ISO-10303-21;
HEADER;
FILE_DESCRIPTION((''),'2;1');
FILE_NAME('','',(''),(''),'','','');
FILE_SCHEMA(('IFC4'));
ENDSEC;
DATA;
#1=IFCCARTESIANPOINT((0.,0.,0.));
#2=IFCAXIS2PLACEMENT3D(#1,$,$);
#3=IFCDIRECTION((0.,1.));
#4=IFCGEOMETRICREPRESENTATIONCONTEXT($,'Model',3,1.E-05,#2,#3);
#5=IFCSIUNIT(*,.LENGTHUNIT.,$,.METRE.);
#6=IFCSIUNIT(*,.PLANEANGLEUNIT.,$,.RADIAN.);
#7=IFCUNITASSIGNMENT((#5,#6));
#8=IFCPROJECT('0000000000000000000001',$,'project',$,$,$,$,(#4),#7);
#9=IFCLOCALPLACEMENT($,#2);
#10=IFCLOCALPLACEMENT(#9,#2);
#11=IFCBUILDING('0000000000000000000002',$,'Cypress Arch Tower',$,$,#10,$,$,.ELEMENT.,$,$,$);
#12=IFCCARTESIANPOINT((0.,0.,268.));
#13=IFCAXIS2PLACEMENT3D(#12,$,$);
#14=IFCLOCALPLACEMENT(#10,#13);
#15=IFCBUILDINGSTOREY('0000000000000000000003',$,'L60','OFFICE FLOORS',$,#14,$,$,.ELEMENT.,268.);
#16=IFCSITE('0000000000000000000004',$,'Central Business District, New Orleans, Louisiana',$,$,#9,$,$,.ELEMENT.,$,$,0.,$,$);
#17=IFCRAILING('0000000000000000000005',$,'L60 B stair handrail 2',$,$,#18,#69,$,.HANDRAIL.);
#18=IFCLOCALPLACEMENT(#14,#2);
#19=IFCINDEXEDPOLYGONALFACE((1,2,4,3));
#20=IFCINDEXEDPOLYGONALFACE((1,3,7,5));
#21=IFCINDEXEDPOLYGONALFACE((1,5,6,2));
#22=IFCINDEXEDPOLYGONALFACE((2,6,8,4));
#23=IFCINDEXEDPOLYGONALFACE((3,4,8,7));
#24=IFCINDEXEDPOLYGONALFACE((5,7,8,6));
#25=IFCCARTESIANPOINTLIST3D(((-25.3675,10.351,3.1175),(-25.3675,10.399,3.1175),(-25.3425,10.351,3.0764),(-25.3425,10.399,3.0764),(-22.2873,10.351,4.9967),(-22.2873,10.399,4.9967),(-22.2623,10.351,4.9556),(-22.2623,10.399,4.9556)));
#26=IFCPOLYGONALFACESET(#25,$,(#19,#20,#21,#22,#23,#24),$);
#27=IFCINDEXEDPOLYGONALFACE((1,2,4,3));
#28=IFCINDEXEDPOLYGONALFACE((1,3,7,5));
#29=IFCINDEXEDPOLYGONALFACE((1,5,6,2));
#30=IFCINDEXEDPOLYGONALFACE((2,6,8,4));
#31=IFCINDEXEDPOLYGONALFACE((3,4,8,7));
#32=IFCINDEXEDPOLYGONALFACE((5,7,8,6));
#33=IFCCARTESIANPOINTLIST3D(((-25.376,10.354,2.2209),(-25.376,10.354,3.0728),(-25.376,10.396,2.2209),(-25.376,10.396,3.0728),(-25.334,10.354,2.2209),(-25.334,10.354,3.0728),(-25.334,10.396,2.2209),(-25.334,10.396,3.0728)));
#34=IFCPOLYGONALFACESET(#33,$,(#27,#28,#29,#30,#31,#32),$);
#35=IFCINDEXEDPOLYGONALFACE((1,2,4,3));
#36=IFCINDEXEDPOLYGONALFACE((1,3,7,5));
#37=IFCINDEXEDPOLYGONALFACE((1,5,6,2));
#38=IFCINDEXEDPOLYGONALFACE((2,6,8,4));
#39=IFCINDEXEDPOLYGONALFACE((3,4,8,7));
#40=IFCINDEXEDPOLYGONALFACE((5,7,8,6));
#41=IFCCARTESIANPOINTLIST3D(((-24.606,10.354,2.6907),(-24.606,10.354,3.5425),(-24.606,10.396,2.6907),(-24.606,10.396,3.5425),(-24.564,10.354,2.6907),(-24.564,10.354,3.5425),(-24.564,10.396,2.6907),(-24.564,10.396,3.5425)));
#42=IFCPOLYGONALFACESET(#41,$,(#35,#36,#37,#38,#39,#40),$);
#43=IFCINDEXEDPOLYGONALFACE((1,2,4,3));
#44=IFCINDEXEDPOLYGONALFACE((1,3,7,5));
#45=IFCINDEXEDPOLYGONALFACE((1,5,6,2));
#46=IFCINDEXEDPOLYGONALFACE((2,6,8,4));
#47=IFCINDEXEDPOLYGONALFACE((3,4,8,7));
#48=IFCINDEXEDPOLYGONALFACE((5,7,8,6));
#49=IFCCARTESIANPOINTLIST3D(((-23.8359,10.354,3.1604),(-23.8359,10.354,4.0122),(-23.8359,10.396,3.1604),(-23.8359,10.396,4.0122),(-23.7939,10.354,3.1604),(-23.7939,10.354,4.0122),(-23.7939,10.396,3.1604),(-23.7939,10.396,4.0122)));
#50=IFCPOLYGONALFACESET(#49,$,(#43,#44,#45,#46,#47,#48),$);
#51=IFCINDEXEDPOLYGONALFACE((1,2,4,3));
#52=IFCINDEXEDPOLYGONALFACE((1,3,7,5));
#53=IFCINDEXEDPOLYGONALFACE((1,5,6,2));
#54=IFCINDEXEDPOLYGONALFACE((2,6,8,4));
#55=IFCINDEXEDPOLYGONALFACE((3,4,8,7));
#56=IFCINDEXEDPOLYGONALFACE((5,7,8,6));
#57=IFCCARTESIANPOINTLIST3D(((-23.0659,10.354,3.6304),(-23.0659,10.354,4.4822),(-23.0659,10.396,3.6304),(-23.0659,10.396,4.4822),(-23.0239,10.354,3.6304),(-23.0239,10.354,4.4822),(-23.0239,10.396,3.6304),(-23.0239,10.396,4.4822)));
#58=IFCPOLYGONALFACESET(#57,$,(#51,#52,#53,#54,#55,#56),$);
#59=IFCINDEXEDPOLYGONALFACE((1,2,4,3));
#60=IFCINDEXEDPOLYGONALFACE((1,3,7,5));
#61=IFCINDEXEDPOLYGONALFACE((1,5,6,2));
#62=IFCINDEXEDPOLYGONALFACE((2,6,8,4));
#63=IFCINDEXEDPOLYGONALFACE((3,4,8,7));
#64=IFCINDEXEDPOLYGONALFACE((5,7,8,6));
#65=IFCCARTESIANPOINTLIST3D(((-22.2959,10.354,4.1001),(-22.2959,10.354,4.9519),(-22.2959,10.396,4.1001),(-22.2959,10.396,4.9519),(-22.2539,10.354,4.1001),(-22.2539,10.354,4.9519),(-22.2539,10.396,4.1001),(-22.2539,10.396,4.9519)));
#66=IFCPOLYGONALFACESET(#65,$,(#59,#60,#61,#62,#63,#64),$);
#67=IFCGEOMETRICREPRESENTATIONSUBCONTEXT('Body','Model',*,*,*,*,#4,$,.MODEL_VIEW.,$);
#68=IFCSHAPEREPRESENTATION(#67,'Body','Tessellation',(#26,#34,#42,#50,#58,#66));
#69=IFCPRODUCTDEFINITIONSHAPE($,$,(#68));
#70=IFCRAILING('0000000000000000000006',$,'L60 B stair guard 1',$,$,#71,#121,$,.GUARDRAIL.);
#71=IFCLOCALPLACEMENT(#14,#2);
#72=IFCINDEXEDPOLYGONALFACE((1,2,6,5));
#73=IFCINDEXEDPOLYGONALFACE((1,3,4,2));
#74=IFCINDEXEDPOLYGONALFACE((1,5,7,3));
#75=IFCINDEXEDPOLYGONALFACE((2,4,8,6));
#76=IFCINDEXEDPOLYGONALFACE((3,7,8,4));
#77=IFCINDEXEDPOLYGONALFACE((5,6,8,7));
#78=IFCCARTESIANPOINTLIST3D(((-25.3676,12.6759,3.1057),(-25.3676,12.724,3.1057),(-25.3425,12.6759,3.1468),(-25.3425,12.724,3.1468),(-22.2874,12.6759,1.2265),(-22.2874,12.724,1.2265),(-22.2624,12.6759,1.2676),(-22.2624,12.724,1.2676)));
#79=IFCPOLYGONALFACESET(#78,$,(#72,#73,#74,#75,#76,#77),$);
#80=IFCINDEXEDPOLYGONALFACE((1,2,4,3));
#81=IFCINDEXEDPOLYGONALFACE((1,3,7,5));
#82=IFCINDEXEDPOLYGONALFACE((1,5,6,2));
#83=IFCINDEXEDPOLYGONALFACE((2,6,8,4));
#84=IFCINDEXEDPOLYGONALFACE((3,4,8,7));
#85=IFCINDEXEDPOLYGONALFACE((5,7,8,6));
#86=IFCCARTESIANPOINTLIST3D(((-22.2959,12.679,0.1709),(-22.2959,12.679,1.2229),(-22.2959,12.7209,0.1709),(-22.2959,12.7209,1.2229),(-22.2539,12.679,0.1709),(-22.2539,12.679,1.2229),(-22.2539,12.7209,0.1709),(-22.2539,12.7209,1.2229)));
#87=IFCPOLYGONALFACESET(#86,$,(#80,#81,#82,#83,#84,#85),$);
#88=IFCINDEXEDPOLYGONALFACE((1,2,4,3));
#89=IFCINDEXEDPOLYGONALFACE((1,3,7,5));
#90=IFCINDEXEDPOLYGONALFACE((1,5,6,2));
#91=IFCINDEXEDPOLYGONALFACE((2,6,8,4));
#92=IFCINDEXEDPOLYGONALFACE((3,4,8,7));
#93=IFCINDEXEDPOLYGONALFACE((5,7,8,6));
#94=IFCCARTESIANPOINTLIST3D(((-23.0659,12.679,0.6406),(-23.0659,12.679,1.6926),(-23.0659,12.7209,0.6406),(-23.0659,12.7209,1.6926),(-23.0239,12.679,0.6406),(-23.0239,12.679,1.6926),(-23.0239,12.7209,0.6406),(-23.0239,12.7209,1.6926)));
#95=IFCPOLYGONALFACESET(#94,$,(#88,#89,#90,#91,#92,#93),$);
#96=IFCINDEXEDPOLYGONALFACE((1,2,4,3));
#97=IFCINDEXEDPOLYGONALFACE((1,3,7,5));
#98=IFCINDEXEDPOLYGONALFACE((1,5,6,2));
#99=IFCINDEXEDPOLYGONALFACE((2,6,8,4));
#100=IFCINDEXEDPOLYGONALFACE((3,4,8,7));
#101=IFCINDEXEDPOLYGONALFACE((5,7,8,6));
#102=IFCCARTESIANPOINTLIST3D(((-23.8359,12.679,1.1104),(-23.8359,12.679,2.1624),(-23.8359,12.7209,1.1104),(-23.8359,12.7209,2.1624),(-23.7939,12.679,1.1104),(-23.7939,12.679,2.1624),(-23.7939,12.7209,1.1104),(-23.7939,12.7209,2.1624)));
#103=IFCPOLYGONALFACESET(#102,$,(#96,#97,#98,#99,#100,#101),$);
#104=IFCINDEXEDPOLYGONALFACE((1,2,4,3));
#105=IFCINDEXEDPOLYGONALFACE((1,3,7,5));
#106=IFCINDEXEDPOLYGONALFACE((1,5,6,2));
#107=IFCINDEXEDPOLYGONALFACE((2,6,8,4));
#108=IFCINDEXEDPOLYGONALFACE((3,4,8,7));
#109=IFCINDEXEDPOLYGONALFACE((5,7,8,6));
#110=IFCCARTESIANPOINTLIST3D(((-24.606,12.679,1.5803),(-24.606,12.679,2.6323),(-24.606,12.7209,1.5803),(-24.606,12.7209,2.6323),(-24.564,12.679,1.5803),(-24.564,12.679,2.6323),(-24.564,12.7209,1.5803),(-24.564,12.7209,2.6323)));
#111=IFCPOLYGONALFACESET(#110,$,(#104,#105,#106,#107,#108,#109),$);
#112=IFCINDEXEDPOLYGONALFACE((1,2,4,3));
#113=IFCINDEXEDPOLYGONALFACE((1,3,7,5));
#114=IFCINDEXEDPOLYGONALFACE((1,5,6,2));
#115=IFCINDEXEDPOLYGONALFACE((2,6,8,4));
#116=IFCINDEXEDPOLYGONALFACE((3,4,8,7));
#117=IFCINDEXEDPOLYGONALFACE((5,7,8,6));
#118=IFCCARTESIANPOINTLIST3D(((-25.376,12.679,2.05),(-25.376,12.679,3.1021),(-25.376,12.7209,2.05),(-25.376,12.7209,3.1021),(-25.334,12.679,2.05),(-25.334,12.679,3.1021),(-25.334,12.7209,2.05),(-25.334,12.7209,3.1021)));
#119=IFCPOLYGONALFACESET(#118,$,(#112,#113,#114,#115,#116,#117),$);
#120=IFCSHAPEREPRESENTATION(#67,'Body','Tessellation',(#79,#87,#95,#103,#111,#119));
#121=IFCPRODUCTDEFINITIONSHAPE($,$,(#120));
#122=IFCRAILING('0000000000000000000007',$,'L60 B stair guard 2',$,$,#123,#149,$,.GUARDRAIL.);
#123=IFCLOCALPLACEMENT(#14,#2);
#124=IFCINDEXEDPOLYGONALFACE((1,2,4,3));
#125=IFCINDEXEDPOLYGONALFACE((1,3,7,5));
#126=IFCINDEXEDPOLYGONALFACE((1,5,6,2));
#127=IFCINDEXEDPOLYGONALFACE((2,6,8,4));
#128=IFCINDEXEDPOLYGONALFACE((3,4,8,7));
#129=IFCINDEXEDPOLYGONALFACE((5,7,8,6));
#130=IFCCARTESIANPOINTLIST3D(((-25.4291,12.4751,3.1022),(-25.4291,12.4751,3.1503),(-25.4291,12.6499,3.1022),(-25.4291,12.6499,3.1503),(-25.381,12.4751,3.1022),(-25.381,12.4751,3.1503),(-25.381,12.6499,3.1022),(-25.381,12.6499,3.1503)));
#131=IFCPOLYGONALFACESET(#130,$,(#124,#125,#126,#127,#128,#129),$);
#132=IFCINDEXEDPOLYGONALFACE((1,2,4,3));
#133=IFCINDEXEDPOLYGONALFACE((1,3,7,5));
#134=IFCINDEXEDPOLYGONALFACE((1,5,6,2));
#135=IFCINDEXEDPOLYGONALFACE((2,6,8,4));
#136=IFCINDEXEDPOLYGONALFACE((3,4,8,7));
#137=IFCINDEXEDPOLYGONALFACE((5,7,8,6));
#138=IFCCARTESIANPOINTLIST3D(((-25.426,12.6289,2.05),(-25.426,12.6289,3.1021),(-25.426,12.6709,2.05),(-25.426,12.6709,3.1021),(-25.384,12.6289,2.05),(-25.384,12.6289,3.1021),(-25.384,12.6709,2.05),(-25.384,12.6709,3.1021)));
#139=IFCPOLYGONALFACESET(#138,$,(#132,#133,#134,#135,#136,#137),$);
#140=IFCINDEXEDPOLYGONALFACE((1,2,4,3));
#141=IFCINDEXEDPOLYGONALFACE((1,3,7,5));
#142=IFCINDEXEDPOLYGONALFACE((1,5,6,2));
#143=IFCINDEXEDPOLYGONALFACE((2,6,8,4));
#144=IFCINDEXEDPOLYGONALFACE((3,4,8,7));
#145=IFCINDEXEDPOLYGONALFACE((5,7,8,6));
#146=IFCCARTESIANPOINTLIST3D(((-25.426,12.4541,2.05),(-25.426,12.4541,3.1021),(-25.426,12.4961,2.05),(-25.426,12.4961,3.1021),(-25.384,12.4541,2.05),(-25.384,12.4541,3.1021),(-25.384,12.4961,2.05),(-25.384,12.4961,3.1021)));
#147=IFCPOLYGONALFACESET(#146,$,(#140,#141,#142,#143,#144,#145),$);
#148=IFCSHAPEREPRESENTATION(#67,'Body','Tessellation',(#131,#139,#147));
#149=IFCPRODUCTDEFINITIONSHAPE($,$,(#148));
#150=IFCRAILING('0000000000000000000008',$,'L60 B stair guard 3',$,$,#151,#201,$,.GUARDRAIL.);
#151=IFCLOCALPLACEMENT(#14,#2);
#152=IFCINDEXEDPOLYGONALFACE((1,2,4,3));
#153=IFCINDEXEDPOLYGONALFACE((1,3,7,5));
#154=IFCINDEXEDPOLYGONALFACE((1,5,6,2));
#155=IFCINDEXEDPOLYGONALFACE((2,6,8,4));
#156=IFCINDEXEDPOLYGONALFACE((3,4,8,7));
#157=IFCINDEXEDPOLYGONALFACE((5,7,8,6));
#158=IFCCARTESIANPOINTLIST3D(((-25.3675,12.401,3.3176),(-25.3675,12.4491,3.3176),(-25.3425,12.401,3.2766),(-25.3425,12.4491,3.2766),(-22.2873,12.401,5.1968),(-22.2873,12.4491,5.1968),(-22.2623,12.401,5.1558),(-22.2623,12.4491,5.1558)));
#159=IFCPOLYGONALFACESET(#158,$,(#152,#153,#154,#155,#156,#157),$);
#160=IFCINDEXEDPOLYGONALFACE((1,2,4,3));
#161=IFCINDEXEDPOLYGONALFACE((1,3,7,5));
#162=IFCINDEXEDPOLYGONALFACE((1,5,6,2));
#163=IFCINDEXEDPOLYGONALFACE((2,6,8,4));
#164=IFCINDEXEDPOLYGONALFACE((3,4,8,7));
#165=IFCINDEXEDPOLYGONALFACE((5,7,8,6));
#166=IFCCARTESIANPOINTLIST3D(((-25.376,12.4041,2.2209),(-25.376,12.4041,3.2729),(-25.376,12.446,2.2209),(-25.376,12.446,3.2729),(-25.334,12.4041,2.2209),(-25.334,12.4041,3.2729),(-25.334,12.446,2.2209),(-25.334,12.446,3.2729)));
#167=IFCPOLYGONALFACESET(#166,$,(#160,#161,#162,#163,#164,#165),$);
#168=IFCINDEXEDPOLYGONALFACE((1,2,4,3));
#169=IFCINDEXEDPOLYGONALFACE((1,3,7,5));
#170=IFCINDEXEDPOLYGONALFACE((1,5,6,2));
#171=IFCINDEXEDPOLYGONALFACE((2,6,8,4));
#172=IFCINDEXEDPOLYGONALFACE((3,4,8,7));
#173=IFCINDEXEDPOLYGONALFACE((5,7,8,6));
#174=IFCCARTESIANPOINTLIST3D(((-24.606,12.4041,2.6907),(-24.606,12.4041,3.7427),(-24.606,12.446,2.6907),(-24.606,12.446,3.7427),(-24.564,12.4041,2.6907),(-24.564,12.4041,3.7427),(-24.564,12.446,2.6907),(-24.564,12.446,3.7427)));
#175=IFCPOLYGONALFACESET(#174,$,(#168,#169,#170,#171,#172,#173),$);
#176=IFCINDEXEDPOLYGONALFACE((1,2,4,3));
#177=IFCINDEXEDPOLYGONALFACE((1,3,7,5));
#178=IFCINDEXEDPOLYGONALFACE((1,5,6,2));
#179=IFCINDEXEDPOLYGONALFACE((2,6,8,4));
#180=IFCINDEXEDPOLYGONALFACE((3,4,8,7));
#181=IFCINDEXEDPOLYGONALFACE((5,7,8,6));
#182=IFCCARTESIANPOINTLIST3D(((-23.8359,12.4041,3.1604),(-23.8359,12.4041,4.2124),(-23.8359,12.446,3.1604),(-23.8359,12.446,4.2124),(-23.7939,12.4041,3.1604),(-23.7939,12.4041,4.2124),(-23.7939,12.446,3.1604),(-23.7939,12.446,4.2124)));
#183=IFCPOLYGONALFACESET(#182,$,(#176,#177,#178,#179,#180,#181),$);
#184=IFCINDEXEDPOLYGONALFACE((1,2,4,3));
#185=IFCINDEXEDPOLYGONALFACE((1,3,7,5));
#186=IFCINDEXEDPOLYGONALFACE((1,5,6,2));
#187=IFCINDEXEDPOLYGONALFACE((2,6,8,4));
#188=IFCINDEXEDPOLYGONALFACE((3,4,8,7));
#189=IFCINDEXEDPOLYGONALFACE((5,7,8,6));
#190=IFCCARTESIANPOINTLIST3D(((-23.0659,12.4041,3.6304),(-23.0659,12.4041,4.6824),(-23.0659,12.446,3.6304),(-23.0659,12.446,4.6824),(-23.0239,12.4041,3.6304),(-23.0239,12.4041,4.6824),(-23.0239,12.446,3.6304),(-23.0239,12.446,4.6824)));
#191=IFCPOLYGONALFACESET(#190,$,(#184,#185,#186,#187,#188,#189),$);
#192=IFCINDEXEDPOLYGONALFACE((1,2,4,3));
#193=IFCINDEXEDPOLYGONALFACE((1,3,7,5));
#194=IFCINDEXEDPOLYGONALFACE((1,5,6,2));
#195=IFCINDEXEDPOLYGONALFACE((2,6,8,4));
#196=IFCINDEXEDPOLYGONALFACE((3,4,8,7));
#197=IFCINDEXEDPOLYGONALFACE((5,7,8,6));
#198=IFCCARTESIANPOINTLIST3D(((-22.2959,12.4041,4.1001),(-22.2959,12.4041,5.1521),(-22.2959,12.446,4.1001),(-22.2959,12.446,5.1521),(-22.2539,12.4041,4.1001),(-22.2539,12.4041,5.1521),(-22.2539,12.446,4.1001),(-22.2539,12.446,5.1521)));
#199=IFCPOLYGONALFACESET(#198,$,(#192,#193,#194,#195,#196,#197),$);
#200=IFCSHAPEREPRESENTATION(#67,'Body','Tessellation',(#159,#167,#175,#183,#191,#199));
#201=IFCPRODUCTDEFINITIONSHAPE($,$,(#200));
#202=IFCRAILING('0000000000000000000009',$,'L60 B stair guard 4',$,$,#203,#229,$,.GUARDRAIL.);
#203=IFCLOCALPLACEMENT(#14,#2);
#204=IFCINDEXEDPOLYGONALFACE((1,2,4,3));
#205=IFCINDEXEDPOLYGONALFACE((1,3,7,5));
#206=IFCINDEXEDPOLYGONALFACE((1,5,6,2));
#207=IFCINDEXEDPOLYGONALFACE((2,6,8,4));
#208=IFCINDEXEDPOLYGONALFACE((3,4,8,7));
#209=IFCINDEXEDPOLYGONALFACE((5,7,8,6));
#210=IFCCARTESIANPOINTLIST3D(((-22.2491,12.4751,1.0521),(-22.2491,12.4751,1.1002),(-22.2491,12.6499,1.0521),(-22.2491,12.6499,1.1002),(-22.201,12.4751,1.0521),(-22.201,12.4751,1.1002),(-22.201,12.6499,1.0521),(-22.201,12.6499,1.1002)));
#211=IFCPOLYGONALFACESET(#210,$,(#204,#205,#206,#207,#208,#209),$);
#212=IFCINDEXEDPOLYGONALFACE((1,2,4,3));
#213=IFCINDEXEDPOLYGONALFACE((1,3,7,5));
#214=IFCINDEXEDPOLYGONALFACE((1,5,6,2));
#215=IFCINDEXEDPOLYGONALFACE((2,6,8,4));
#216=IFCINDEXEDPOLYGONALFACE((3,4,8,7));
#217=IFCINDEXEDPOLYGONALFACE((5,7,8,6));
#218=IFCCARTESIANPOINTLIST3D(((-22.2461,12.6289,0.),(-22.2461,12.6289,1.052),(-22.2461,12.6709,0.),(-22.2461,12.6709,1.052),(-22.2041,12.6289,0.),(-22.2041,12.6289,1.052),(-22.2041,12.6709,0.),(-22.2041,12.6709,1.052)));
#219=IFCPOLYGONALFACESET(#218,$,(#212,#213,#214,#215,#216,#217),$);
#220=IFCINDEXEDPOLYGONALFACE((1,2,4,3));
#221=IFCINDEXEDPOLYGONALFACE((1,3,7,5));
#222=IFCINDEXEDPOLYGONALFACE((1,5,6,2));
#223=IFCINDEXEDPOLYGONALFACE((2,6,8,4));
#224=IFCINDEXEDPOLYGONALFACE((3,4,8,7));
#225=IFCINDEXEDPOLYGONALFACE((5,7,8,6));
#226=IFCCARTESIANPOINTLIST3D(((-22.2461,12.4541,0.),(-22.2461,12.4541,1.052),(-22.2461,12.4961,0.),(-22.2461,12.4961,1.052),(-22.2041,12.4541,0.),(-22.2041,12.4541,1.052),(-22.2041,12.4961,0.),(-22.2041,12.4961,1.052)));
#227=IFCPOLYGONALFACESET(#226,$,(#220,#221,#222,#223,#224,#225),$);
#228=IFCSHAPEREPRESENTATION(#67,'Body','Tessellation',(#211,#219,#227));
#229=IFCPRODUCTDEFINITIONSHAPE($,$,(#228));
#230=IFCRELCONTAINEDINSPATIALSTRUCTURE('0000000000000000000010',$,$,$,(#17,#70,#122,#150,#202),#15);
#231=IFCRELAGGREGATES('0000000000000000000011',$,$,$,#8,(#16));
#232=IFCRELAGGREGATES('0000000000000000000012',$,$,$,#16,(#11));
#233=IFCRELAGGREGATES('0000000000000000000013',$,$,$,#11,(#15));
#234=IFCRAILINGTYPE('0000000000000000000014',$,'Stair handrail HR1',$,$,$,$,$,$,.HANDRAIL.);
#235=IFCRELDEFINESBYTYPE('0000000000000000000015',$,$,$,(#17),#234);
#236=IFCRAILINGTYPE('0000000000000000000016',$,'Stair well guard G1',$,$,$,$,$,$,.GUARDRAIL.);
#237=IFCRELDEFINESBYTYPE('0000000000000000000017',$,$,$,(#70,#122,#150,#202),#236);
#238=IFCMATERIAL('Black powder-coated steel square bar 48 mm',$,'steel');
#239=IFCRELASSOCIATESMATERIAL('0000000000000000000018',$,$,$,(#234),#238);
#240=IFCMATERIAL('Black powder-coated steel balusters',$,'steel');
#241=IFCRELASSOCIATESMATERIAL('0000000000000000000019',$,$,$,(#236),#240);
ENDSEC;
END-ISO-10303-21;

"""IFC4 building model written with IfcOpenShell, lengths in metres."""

from ifc_helpers import new_model, si_unit, direction, frame, origin, origin_2d, place, context, subcontext, project, spatial, rectangle, extrude, material, type_object, element, save


model = new_model("IFC4")

# Units and contexts
model_context = context("Model", 3, precision=1e-05, world=origin(), true_north=direction((0.0, 1.0)))
body_context = subcontext(model_context, "Body", "Model", "MODEL_VIEW")
ifc_project = project(units=[si_unit("LENGTHUNIT", "METRE"), si_unit("PLANEANGLEUNIT", "RADIAN")], contexts=[model_context])

# Site, building, storey
site_placement = place(None, origin())
site = spatial("IfcSite", under=ifc_project, at=site_placement, Name="Central Business District, New Orleans, Louisiana", CompositionType="ELEMENT", RefElevation=0.0)
building_placement = place(site_placement, origin())
building = spatial("IfcBuilding", under=site, at=building_placement, Name="Cypress Arch Tower", CompositionType="ELEMENT")
storey_placement = place(building_placement, frame((0.0, 0.0, 268.0)))
storey = spatial("IfcBuildingStorey", under=building, at=storey_placement, Name="L60", Description="OFFICE FLOORS", CompositionType="ELEMENT", Elevation=268.0)

# Railings
ifc_material_1 = material(Name="Black powder-coated steel square bar 48 mm", Category="steel")
railing_type_1 = type_object("IfcRailingType", Name="Stair handrail HR1", PredefinedType="HANDRAIL", material=ifc_material_1)
railing_1_placement = place(storey_placement, frame((-25.355, 10.375, 2.2209)))
element("IfcRailing", 1, at=railing_1_placement, inside=storey, type_object=railing_type_1, Name="L60 B stair handrail 2", PredefinedType="HANDRAIL", context=body_context, shape_type="SweptSolid", body=[
    extrude(rectangle(XDim=0.0481, YDim=0.0481, at=origin_2d()), frame((0.0, 0.0, 0.876), z_axis=(0.853666, 0.0, 0.52082), x_axis=(0.0, 1.0, 0.0)), (0.0, 0.0, 1.0), 3.6082),
    extrude(rectangle(XDim=0.042, YDim=0.042, at=origin_2d()), origin(), (0.0, 0.0, 1.0), 0.8518),
    extrude(rectangle(XDim=0.042, YDim=0.042, at=origin_2d()), frame((0.77, 0.0, 0.4697)), (0.0, 0.0, 1.0), 0.8518),
    extrude(rectangle(XDim=0.042, YDim=0.042, at=origin_2d()), frame((1.54, 0.0, 0.9395)), (0.0, 0.0, 1.0), 0.8518),
    extrude(rectangle(XDim=0.042, YDim=0.042, at=origin_2d()), frame((2.3101, 0.0, 1.4094)), (0.0, 0.0, 1.0), 0.8518),
    extrude(rectangle(XDim=0.042, YDim=0.042, at=origin_2d()), frame((3.0801, 0.0, 1.8792)), (0.0, 0.0, 1.0), 0.8518),
])
ifc_material_2 = material(Name="Black powder-coated steel balusters", Category="steel")
railing_type_2 = type_object("IfcRailingType", Name="Stair well guard G1", PredefinedType="GUARDRAIL", material=ifc_material_2)
railing_2_placement = place(storey_placement, frame((-22.2749, 12.7, 0.1709)))
element("IfcRailing", 2, at=railing_2_placement, inside=storey, type_object=railing_type_2, Name="L60 B stair guard 1", PredefinedType="GUARDRAIL", context=body_context, shape_type="SweptSolid", body=[
    extrude(rectangle(XDim=0.0481, YDim=0.0481, at=origin_2d()), frame((0.0, 0.0, 1.0762), z_axis=(-0.853666, 0.0, 0.52082), x_axis=(0.0, -1.0, 0.0)), (0.0, 0.0, 1.0), 3.6082),
    extrude(rectangle(XDim=0.042, YDim=0.042, at=origin_2d()), origin(), (0.0, 0.0, 1.0), 1.052),
    extrude(rectangle(XDim=0.042, YDim=0.042, at=origin_2d()), frame((-0.77, 0.0, 0.4697)), (0.0, 0.0, 1.0), 1.052),
    extrude(rectangle(XDim=0.042, YDim=0.042, at=origin_2d()), frame((-1.54, 0.0, 0.9395)), (0.0, 0.0, 1.0), 1.052),
    extrude(rectangle(XDim=0.042, YDim=0.042, at=origin_2d()), frame((-2.3101, 0.0, 1.4094)), (0.0, 0.0, 1.0), 1.052),
    extrude(rectangle(XDim=0.042, YDim=0.042, at=origin_2d()), frame((-3.0801, 0.0, 1.8792)), (0.0, 0.0, 1.0), 1.052),
])
railing_3_placement = place(storey_placement, frame((-25.405, 12.6499, 2.05)))
element("IfcRailing", 3, at=railing_3_placement, inside=storey, type_object=railing_type_2, Name="L60 B stair guard 2", PredefinedType="GUARDRAIL", context=body_context, shape_type="SweptSolid", body=[
    extrude(rectangle(XDim=0.0481, YDim=0.0481, at=origin_2d()), frame((0.0, 0.0, 1.0762), z_axis=(0.0, -1.0, 0.0), x_axis=(1.0, 0.0, 0.0)), (0.0, 0.0, 1.0), 0.1748),
    extrude(rectangle(XDim=0.042, YDim=0.042, at=origin_2d()), origin(), (0.0, 0.0, 1.0), 1.052),
    extrude(rectangle(XDim=0.042, YDim=0.042, at=origin_2d()), frame((0.0, -0.1748, 0.0)), (0.0, 0.0, 1.0), 1.052),
])
railing_4_placement = place(storey_placement, frame((-25.355, 12.425, 2.2209)))
element("IfcRailing", 4, at=railing_4_placement, inside=storey, type_object=railing_type_2, Name="L60 B stair guard 3", PredefinedType="GUARDRAIL", context=body_context, shape_type="SweptSolid", body=[
    extrude(rectangle(XDim=0.0481, YDim=0.0481, at=origin_2d()), frame((0.0, 0.0, 1.0762), z_axis=(0.853666, 0.0, 0.52082), x_axis=(0.0, 1.0, 0.0)), (0.0, 0.0, 1.0), 3.6082),
    extrude(rectangle(XDim=0.042, YDim=0.042, at=origin_2d()), origin(), (0.0, 0.0, 1.0), 1.052),
    extrude(rectangle(XDim=0.042, YDim=0.042, at=origin_2d()), frame((0.77, 0.0, 0.4697)), (0.0, 0.0, 1.0), 1.052),
    extrude(rectangle(XDim=0.042, YDim=0.042, at=origin_2d()), frame((1.54, 0.0, 0.9395)), (0.0, 0.0, 1.0), 1.052),
    extrude(rectangle(XDim=0.042, YDim=0.042, at=origin_2d()), frame((2.3101, 0.0, 1.4094)), (0.0, 0.0, 1.0), 1.052),
    extrude(rectangle(XDim=0.042, YDim=0.042, at=origin_2d()), frame((3.0801, 0.0, 1.8792)), (0.0, 0.0, 1.0), 1.052),
])
railing_5_placement = place(storey_placement, frame((-22.2251, 12.6499, 0.0)))
element("IfcRailing", 5, at=railing_5_placement, inside=storey, type_object=railing_type_2, Name="L60 B stair guard 4", PredefinedType="GUARDRAIL", context=body_context, shape_type="SweptSolid", body=[
    extrude(rectangle(XDim=0.0481, YDim=0.0481, at=origin_2d()), frame((0.0, 0.0, 1.0762), z_axis=(0.0, -1.0, 0.0), x_axis=(1.0, 0.0, 0.0)), (0.0, 0.0, 1.0), 0.1748),
    extrude(rectangle(XDim=0.042, YDim=0.042, at=origin_2d()), origin(), (0.0, 0.0, 1.0), 1.052),
    extrude(rectangle(XDim=0.042, YDim=0.042, at=origin_2d()), frame((0.0, -0.1748, 0.0)), (0.0, 0.0, 1.0), 1.052),
])

save(model, "model.ifc")
